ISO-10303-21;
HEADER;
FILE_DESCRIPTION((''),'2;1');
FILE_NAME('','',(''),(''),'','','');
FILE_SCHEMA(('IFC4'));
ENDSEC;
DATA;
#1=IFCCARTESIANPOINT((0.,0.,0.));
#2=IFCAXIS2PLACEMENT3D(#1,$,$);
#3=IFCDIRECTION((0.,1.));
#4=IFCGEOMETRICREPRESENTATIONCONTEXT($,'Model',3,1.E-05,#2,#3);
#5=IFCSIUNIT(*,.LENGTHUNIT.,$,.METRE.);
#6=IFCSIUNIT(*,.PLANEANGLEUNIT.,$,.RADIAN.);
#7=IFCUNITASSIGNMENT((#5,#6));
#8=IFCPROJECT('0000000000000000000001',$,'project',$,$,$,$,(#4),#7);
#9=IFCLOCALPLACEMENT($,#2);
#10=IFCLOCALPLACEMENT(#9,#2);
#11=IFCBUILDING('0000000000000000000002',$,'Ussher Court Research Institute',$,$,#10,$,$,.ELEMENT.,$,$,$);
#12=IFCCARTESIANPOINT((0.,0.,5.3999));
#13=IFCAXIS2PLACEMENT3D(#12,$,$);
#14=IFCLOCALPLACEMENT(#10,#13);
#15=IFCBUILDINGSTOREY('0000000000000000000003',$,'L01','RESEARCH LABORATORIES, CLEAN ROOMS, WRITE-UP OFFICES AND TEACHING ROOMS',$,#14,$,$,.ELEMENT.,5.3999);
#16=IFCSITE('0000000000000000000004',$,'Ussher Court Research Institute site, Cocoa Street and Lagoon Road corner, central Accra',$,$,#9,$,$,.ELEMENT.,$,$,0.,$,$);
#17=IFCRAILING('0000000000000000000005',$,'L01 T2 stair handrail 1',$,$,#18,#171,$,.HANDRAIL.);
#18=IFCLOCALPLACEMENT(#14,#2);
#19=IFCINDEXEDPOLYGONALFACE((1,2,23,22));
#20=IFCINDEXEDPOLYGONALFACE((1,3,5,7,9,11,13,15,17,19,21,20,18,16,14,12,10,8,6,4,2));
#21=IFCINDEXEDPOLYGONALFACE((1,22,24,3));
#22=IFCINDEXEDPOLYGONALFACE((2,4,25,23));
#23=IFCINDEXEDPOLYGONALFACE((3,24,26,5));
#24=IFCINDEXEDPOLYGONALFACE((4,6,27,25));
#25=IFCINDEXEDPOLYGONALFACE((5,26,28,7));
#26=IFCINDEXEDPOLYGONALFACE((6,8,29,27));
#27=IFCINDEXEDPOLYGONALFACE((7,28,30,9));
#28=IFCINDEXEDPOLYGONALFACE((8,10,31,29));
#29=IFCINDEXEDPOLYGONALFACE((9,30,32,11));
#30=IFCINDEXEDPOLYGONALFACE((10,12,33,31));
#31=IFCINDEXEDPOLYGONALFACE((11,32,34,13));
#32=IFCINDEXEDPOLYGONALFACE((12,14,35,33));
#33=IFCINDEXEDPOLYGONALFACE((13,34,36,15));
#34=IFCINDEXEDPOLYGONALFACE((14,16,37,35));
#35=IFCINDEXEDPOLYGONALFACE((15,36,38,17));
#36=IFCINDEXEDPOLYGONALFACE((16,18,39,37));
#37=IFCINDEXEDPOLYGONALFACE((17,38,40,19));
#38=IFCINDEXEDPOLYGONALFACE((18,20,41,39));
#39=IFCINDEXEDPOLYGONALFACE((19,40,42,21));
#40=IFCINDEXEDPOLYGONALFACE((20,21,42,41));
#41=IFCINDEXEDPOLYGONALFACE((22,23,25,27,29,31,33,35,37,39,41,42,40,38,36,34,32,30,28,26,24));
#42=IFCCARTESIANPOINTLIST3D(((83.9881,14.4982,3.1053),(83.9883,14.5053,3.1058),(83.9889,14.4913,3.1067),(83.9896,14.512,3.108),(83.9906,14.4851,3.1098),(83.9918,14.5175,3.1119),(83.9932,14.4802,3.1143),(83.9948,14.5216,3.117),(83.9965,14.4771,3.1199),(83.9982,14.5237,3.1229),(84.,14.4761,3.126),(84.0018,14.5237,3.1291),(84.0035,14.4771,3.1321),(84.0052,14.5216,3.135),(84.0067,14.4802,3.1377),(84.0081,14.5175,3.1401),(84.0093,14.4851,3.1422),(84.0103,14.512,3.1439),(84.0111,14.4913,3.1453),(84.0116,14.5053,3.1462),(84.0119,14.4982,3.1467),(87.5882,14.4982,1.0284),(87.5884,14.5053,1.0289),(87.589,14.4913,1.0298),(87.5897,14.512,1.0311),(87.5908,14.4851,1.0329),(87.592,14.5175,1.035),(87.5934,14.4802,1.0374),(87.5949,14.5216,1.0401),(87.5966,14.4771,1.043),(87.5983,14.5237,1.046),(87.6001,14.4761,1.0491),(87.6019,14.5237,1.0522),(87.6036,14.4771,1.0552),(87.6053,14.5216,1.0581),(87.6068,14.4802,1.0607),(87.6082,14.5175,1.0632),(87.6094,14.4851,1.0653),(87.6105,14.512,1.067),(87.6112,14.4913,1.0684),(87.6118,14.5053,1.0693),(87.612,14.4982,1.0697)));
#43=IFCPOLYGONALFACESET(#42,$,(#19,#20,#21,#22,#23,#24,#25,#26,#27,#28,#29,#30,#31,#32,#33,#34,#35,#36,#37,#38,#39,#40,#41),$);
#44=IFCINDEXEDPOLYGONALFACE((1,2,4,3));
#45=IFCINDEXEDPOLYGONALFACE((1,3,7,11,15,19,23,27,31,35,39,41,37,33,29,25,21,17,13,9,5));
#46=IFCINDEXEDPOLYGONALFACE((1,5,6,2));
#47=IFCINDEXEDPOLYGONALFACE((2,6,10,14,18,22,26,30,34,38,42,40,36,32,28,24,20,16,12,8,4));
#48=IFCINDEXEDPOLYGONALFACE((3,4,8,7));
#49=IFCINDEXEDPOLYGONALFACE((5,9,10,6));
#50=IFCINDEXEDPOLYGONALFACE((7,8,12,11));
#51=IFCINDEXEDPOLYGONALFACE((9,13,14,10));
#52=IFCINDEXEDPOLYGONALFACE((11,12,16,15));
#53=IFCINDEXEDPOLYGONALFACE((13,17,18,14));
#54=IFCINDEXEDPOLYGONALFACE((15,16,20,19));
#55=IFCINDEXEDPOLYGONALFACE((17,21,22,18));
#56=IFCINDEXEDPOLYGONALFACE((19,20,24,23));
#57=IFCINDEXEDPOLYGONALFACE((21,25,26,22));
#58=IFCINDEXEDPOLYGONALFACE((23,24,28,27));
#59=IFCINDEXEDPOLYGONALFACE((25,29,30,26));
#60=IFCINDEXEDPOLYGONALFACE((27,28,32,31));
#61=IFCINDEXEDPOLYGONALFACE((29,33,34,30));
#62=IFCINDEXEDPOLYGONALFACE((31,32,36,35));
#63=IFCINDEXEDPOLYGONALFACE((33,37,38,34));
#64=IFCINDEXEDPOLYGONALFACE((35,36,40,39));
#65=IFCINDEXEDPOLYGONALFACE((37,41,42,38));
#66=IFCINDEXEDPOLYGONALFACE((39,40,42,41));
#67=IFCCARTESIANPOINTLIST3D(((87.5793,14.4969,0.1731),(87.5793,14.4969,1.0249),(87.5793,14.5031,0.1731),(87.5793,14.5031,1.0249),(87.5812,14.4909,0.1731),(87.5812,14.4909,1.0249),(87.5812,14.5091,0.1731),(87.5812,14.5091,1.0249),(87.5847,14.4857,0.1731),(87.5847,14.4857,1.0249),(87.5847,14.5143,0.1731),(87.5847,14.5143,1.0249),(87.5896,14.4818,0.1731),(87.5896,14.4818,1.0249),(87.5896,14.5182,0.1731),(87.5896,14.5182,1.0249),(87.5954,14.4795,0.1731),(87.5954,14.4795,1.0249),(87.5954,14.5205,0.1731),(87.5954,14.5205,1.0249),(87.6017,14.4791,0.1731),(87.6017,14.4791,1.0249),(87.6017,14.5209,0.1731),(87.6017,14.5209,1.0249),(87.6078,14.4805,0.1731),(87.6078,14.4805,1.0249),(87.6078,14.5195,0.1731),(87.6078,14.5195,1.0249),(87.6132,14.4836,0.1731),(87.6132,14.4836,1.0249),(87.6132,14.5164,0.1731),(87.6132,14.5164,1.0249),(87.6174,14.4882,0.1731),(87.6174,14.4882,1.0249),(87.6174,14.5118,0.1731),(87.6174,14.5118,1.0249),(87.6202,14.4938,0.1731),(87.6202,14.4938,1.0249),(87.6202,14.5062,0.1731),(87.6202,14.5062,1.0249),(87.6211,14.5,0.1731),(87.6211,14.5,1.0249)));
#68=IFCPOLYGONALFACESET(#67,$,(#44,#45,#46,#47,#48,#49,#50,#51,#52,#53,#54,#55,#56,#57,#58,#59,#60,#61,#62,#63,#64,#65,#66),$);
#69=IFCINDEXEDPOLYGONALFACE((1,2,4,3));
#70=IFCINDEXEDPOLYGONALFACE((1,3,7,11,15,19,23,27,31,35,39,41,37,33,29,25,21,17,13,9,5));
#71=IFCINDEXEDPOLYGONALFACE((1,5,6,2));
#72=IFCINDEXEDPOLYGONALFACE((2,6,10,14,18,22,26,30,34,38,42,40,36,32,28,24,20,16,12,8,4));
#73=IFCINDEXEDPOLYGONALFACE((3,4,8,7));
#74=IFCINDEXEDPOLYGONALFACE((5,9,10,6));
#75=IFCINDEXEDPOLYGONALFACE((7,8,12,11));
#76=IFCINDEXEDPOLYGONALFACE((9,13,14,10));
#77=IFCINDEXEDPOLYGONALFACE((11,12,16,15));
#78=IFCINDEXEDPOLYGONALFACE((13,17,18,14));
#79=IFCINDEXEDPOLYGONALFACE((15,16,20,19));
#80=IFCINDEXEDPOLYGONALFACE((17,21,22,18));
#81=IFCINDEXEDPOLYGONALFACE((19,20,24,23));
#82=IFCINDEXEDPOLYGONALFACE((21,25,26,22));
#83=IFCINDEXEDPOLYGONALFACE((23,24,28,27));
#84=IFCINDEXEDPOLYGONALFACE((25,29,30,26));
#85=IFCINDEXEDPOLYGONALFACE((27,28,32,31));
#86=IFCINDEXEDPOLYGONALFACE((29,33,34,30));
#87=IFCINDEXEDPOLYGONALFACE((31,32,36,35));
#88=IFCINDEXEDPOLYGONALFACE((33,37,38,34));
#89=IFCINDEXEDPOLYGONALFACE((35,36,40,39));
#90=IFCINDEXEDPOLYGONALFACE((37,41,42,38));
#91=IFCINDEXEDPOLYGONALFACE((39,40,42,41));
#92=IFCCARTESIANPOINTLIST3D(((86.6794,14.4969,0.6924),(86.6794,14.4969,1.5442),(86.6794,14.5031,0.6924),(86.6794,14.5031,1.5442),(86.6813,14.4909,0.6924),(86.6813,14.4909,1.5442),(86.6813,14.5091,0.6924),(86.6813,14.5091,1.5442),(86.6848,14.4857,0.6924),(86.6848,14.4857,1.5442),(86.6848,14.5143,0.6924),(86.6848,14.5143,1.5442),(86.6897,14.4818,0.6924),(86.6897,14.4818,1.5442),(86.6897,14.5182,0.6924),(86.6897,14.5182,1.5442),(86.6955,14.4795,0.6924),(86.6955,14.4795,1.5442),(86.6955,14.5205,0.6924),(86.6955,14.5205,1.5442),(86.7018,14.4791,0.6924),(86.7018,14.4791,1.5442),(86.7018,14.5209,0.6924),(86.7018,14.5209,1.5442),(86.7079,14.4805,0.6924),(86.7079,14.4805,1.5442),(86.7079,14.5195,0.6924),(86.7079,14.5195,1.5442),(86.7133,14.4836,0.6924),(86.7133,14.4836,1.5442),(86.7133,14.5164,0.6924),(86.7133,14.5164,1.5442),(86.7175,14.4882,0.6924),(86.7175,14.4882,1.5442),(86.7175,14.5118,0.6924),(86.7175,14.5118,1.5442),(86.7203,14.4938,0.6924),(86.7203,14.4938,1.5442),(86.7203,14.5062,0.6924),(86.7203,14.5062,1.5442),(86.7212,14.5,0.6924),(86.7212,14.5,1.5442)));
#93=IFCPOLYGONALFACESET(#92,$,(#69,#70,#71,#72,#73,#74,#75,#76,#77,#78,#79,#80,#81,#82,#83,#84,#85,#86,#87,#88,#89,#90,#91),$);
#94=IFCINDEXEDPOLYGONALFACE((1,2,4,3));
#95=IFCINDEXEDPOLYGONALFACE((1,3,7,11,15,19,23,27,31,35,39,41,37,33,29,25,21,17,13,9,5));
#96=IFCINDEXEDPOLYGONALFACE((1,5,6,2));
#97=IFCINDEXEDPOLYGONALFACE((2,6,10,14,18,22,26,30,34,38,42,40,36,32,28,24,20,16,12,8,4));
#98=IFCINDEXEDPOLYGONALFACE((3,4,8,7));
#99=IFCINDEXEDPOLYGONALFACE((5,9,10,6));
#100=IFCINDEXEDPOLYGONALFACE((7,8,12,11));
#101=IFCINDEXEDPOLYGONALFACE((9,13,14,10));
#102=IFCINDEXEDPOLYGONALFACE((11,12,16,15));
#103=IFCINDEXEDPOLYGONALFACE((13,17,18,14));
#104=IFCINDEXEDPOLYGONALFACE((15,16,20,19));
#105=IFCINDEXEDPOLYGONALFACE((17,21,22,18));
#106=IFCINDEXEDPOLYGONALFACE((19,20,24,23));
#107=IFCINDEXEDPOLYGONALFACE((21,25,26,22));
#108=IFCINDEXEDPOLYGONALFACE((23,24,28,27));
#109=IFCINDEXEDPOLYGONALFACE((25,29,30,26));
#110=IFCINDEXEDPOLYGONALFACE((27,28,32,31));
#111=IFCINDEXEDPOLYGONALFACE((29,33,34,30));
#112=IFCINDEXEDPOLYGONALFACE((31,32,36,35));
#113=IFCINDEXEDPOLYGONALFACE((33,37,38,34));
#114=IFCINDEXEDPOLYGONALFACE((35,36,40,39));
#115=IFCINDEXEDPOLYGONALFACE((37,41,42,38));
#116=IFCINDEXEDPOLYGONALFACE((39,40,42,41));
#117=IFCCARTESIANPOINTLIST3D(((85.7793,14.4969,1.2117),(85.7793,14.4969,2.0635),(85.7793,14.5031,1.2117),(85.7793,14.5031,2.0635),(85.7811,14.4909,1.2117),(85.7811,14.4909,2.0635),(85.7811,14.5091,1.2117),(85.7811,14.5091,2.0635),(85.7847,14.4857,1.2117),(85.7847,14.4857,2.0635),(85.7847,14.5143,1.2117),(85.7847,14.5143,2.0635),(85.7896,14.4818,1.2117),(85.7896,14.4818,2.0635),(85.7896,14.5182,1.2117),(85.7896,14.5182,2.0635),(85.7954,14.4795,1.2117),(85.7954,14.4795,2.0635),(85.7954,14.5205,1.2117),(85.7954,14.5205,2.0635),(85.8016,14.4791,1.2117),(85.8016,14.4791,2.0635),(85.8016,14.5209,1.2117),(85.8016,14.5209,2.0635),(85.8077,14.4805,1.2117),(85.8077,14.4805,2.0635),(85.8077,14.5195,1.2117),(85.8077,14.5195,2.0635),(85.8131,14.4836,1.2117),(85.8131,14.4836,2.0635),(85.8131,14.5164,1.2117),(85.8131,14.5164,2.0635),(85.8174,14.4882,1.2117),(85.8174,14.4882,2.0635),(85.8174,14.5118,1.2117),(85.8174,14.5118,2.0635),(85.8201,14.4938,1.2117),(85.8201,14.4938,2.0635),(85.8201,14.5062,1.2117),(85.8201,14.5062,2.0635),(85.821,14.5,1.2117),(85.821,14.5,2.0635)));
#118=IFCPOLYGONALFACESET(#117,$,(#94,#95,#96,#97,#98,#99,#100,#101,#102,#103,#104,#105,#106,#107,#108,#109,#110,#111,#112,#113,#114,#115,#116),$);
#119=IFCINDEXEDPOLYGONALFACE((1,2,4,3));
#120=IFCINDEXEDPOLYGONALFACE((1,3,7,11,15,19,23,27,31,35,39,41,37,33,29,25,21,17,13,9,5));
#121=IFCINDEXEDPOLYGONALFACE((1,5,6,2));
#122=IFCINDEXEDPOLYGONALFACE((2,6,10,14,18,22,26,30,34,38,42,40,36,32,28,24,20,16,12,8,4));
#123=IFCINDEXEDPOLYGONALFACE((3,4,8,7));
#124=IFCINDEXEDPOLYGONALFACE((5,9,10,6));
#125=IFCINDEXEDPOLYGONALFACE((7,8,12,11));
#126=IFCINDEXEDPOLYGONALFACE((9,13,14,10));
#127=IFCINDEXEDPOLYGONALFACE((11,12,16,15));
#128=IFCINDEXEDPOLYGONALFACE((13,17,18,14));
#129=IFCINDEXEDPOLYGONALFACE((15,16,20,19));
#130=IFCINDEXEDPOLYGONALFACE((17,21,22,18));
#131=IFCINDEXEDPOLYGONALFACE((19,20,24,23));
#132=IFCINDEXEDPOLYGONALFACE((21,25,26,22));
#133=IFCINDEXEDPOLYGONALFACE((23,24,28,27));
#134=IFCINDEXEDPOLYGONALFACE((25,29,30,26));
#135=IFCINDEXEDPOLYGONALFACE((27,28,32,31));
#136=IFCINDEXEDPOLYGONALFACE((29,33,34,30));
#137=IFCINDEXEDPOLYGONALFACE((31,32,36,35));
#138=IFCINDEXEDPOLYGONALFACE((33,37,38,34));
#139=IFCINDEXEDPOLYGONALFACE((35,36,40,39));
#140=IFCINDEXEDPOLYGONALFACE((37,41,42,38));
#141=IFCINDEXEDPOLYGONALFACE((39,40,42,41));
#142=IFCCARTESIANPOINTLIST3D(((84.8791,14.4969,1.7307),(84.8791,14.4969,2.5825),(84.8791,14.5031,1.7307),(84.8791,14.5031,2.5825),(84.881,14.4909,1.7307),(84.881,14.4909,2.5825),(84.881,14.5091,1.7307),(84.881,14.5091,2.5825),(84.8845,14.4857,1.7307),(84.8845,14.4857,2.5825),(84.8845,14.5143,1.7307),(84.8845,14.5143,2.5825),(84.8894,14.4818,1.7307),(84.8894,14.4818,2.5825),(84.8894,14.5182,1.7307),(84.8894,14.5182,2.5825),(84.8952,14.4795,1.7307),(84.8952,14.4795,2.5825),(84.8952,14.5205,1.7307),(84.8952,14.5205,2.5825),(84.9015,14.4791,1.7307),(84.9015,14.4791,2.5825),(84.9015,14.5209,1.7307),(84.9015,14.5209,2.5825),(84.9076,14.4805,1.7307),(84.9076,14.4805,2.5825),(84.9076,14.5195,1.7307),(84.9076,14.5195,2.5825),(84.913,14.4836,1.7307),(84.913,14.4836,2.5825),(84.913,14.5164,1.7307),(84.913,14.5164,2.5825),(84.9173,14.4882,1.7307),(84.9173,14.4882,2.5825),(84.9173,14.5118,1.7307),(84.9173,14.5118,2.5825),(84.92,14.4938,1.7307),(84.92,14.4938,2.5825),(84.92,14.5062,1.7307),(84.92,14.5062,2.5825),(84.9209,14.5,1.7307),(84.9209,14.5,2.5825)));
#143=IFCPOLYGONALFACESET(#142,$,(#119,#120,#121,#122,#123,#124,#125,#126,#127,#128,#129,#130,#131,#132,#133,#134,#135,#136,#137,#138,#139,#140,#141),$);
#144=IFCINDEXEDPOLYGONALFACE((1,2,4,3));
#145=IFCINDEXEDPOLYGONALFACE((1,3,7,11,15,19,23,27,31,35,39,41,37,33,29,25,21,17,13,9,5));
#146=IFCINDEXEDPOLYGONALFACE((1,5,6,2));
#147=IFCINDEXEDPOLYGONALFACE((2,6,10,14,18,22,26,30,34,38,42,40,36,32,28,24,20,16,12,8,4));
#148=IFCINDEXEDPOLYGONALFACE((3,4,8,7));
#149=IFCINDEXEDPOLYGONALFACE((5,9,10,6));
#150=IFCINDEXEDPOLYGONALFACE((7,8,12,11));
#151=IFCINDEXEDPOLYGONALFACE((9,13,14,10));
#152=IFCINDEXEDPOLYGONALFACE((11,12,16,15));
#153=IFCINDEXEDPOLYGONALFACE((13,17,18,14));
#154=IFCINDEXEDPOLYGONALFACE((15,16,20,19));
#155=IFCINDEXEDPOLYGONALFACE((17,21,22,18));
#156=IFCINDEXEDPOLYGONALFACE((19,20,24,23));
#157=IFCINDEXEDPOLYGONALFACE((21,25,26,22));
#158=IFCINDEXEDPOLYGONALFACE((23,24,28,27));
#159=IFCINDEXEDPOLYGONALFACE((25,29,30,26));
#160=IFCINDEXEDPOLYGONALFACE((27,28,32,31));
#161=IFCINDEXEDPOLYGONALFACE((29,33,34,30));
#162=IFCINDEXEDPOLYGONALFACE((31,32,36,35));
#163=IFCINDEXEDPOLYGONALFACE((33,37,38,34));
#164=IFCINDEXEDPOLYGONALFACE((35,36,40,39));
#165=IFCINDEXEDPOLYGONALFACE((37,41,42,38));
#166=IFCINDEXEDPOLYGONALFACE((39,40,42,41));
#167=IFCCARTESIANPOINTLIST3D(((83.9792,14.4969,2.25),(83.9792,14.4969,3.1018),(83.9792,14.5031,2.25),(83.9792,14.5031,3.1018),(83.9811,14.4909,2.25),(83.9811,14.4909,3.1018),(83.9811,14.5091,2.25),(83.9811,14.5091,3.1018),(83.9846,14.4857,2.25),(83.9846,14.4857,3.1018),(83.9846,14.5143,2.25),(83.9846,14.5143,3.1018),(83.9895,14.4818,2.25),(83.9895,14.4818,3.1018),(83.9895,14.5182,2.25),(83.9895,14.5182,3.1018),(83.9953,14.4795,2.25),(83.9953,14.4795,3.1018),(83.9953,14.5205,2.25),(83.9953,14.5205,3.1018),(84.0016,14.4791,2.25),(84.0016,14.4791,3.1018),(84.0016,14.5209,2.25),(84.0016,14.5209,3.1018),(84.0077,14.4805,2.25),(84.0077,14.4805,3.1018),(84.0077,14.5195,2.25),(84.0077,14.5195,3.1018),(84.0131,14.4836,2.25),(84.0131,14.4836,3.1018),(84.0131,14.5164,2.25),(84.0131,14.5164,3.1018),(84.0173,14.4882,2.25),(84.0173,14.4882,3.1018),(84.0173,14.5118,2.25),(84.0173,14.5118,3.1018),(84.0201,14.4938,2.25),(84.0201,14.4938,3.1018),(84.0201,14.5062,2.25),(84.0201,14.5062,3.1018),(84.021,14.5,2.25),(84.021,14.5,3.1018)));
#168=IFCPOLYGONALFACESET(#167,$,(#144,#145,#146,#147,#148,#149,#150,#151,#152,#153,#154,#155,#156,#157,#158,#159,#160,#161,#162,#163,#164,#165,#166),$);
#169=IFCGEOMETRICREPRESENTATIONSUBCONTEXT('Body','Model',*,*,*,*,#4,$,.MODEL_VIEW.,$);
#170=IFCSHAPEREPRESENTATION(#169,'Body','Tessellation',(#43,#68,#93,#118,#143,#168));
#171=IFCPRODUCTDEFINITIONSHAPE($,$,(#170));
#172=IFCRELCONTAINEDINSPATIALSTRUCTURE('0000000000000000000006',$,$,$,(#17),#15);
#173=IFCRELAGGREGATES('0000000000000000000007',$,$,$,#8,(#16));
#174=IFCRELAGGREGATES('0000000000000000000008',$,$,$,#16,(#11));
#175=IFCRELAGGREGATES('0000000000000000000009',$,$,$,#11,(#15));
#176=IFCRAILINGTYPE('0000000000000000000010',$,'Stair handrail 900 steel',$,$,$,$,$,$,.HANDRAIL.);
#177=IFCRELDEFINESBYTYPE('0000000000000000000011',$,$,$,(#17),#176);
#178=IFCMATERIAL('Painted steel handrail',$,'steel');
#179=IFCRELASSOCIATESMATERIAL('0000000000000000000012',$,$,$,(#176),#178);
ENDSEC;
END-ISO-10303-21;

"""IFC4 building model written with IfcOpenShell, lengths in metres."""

from ifc_helpers import new_model, si_unit, direction, frame, origin, origin_2d, place, context, subcontext, project, spatial, circle, extrude, material, type_object, element, save


model = new_model("IFC4")

# Units and contexts
model_context = context("Model", 3, precision=1e-05, world=origin(), true_north=direction((0.0, 1.0)))
body_context = subcontext(model_context, "Body", "Model", "MODEL_VIEW")
ifc_project = project(units=[si_unit("LENGTHUNIT", "METRE"), si_unit("PLANEANGLEUNIT", "RADIAN")], contexts=[model_context])

# Site, building, storey
site_placement = place(None, origin())
site = spatial("IfcSite", under=ifc_project, at=site_placement, Name="Ussher Court Research Institute site, Cocoa Street and Lagoon Road corner, central Accra", CompositionType="ELEMENT", RefElevation=0.0)
building_placement = place(site_placement, origin())
building = spatial("IfcBuilding", under=site, at=building_placement, Name="Ussher Court Research Institute", CompositionType="ELEMENT")
storey_placement = place(building_placement, frame((0.0, 0.0, 5.3999)))
storey = spatial("IfcBuildingStorey", under=building, at=storey_placement, Name="L01", Description="RESEARCH LABORATORIES, CLEAN ROOMS, WRITE-UP OFFICES AND TEACHING ROOMS", CompositionType="ELEMENT", Elevation=5.3999)

# Railing
ifc_material_1 = material(Name="Painted steel handrail", Category="steel")
railing_type_1 = type_object("IfcRailingType", Name="Stair handrail 900 steel", PredefinedType="HANDRAIL", material=ifc_material_1)
railing_1_placement = place(storey_placement, frame((87.6001, 14.5, 0.1731)))
element("IfcRailing", 1, at=railing_1_placement, inside=storey, type_object=railing_type_1, Name="L01 T2 stair handrail 1", PredefinedType="HANDRAIL", context=body_context, shape_type="SweptSolid", body=[
    extrude(circle(Radius=0.0239, at=origin_2d()), frame((0.0, 0.0, 0.876), z_axis=(-0.866193, 0.0, 0.499709), x_axis=(0.0, -1.0, 0.0)), (0.0, 0.0, 1.0), 4.1562),
    extrude(circle(Radius=0.021, at=origin_2d()), origin(), (0.0, 0.0, 1.0), 0.8518),
    extrude(circle(Radius=0.021, at=origin_2d()), frame((-0.8999, 0.0, 0.5193)), (0.0, 0.0, 1.0), 0.8518),
    extrude(circle(Radius=0.021, at=origin_2d()), frame((-1.8, 0.0, 1.0386)), (0.0, 0.0, 1.0), 0.8518),
    extrude(circle(Radius=0.021, at=origin_2d()), frame((-2.7002, 0.0, 1.5576)), (0.0, 0.0, 1.0), 0.8518),
    extrude(circle(Radius=0.021, at=origin_2d()), frame((-3.6001, 0.0, 2.0769)), (0.0, 0.0, 1.0), 0.8518),
])

save(model, "model.ifc")
